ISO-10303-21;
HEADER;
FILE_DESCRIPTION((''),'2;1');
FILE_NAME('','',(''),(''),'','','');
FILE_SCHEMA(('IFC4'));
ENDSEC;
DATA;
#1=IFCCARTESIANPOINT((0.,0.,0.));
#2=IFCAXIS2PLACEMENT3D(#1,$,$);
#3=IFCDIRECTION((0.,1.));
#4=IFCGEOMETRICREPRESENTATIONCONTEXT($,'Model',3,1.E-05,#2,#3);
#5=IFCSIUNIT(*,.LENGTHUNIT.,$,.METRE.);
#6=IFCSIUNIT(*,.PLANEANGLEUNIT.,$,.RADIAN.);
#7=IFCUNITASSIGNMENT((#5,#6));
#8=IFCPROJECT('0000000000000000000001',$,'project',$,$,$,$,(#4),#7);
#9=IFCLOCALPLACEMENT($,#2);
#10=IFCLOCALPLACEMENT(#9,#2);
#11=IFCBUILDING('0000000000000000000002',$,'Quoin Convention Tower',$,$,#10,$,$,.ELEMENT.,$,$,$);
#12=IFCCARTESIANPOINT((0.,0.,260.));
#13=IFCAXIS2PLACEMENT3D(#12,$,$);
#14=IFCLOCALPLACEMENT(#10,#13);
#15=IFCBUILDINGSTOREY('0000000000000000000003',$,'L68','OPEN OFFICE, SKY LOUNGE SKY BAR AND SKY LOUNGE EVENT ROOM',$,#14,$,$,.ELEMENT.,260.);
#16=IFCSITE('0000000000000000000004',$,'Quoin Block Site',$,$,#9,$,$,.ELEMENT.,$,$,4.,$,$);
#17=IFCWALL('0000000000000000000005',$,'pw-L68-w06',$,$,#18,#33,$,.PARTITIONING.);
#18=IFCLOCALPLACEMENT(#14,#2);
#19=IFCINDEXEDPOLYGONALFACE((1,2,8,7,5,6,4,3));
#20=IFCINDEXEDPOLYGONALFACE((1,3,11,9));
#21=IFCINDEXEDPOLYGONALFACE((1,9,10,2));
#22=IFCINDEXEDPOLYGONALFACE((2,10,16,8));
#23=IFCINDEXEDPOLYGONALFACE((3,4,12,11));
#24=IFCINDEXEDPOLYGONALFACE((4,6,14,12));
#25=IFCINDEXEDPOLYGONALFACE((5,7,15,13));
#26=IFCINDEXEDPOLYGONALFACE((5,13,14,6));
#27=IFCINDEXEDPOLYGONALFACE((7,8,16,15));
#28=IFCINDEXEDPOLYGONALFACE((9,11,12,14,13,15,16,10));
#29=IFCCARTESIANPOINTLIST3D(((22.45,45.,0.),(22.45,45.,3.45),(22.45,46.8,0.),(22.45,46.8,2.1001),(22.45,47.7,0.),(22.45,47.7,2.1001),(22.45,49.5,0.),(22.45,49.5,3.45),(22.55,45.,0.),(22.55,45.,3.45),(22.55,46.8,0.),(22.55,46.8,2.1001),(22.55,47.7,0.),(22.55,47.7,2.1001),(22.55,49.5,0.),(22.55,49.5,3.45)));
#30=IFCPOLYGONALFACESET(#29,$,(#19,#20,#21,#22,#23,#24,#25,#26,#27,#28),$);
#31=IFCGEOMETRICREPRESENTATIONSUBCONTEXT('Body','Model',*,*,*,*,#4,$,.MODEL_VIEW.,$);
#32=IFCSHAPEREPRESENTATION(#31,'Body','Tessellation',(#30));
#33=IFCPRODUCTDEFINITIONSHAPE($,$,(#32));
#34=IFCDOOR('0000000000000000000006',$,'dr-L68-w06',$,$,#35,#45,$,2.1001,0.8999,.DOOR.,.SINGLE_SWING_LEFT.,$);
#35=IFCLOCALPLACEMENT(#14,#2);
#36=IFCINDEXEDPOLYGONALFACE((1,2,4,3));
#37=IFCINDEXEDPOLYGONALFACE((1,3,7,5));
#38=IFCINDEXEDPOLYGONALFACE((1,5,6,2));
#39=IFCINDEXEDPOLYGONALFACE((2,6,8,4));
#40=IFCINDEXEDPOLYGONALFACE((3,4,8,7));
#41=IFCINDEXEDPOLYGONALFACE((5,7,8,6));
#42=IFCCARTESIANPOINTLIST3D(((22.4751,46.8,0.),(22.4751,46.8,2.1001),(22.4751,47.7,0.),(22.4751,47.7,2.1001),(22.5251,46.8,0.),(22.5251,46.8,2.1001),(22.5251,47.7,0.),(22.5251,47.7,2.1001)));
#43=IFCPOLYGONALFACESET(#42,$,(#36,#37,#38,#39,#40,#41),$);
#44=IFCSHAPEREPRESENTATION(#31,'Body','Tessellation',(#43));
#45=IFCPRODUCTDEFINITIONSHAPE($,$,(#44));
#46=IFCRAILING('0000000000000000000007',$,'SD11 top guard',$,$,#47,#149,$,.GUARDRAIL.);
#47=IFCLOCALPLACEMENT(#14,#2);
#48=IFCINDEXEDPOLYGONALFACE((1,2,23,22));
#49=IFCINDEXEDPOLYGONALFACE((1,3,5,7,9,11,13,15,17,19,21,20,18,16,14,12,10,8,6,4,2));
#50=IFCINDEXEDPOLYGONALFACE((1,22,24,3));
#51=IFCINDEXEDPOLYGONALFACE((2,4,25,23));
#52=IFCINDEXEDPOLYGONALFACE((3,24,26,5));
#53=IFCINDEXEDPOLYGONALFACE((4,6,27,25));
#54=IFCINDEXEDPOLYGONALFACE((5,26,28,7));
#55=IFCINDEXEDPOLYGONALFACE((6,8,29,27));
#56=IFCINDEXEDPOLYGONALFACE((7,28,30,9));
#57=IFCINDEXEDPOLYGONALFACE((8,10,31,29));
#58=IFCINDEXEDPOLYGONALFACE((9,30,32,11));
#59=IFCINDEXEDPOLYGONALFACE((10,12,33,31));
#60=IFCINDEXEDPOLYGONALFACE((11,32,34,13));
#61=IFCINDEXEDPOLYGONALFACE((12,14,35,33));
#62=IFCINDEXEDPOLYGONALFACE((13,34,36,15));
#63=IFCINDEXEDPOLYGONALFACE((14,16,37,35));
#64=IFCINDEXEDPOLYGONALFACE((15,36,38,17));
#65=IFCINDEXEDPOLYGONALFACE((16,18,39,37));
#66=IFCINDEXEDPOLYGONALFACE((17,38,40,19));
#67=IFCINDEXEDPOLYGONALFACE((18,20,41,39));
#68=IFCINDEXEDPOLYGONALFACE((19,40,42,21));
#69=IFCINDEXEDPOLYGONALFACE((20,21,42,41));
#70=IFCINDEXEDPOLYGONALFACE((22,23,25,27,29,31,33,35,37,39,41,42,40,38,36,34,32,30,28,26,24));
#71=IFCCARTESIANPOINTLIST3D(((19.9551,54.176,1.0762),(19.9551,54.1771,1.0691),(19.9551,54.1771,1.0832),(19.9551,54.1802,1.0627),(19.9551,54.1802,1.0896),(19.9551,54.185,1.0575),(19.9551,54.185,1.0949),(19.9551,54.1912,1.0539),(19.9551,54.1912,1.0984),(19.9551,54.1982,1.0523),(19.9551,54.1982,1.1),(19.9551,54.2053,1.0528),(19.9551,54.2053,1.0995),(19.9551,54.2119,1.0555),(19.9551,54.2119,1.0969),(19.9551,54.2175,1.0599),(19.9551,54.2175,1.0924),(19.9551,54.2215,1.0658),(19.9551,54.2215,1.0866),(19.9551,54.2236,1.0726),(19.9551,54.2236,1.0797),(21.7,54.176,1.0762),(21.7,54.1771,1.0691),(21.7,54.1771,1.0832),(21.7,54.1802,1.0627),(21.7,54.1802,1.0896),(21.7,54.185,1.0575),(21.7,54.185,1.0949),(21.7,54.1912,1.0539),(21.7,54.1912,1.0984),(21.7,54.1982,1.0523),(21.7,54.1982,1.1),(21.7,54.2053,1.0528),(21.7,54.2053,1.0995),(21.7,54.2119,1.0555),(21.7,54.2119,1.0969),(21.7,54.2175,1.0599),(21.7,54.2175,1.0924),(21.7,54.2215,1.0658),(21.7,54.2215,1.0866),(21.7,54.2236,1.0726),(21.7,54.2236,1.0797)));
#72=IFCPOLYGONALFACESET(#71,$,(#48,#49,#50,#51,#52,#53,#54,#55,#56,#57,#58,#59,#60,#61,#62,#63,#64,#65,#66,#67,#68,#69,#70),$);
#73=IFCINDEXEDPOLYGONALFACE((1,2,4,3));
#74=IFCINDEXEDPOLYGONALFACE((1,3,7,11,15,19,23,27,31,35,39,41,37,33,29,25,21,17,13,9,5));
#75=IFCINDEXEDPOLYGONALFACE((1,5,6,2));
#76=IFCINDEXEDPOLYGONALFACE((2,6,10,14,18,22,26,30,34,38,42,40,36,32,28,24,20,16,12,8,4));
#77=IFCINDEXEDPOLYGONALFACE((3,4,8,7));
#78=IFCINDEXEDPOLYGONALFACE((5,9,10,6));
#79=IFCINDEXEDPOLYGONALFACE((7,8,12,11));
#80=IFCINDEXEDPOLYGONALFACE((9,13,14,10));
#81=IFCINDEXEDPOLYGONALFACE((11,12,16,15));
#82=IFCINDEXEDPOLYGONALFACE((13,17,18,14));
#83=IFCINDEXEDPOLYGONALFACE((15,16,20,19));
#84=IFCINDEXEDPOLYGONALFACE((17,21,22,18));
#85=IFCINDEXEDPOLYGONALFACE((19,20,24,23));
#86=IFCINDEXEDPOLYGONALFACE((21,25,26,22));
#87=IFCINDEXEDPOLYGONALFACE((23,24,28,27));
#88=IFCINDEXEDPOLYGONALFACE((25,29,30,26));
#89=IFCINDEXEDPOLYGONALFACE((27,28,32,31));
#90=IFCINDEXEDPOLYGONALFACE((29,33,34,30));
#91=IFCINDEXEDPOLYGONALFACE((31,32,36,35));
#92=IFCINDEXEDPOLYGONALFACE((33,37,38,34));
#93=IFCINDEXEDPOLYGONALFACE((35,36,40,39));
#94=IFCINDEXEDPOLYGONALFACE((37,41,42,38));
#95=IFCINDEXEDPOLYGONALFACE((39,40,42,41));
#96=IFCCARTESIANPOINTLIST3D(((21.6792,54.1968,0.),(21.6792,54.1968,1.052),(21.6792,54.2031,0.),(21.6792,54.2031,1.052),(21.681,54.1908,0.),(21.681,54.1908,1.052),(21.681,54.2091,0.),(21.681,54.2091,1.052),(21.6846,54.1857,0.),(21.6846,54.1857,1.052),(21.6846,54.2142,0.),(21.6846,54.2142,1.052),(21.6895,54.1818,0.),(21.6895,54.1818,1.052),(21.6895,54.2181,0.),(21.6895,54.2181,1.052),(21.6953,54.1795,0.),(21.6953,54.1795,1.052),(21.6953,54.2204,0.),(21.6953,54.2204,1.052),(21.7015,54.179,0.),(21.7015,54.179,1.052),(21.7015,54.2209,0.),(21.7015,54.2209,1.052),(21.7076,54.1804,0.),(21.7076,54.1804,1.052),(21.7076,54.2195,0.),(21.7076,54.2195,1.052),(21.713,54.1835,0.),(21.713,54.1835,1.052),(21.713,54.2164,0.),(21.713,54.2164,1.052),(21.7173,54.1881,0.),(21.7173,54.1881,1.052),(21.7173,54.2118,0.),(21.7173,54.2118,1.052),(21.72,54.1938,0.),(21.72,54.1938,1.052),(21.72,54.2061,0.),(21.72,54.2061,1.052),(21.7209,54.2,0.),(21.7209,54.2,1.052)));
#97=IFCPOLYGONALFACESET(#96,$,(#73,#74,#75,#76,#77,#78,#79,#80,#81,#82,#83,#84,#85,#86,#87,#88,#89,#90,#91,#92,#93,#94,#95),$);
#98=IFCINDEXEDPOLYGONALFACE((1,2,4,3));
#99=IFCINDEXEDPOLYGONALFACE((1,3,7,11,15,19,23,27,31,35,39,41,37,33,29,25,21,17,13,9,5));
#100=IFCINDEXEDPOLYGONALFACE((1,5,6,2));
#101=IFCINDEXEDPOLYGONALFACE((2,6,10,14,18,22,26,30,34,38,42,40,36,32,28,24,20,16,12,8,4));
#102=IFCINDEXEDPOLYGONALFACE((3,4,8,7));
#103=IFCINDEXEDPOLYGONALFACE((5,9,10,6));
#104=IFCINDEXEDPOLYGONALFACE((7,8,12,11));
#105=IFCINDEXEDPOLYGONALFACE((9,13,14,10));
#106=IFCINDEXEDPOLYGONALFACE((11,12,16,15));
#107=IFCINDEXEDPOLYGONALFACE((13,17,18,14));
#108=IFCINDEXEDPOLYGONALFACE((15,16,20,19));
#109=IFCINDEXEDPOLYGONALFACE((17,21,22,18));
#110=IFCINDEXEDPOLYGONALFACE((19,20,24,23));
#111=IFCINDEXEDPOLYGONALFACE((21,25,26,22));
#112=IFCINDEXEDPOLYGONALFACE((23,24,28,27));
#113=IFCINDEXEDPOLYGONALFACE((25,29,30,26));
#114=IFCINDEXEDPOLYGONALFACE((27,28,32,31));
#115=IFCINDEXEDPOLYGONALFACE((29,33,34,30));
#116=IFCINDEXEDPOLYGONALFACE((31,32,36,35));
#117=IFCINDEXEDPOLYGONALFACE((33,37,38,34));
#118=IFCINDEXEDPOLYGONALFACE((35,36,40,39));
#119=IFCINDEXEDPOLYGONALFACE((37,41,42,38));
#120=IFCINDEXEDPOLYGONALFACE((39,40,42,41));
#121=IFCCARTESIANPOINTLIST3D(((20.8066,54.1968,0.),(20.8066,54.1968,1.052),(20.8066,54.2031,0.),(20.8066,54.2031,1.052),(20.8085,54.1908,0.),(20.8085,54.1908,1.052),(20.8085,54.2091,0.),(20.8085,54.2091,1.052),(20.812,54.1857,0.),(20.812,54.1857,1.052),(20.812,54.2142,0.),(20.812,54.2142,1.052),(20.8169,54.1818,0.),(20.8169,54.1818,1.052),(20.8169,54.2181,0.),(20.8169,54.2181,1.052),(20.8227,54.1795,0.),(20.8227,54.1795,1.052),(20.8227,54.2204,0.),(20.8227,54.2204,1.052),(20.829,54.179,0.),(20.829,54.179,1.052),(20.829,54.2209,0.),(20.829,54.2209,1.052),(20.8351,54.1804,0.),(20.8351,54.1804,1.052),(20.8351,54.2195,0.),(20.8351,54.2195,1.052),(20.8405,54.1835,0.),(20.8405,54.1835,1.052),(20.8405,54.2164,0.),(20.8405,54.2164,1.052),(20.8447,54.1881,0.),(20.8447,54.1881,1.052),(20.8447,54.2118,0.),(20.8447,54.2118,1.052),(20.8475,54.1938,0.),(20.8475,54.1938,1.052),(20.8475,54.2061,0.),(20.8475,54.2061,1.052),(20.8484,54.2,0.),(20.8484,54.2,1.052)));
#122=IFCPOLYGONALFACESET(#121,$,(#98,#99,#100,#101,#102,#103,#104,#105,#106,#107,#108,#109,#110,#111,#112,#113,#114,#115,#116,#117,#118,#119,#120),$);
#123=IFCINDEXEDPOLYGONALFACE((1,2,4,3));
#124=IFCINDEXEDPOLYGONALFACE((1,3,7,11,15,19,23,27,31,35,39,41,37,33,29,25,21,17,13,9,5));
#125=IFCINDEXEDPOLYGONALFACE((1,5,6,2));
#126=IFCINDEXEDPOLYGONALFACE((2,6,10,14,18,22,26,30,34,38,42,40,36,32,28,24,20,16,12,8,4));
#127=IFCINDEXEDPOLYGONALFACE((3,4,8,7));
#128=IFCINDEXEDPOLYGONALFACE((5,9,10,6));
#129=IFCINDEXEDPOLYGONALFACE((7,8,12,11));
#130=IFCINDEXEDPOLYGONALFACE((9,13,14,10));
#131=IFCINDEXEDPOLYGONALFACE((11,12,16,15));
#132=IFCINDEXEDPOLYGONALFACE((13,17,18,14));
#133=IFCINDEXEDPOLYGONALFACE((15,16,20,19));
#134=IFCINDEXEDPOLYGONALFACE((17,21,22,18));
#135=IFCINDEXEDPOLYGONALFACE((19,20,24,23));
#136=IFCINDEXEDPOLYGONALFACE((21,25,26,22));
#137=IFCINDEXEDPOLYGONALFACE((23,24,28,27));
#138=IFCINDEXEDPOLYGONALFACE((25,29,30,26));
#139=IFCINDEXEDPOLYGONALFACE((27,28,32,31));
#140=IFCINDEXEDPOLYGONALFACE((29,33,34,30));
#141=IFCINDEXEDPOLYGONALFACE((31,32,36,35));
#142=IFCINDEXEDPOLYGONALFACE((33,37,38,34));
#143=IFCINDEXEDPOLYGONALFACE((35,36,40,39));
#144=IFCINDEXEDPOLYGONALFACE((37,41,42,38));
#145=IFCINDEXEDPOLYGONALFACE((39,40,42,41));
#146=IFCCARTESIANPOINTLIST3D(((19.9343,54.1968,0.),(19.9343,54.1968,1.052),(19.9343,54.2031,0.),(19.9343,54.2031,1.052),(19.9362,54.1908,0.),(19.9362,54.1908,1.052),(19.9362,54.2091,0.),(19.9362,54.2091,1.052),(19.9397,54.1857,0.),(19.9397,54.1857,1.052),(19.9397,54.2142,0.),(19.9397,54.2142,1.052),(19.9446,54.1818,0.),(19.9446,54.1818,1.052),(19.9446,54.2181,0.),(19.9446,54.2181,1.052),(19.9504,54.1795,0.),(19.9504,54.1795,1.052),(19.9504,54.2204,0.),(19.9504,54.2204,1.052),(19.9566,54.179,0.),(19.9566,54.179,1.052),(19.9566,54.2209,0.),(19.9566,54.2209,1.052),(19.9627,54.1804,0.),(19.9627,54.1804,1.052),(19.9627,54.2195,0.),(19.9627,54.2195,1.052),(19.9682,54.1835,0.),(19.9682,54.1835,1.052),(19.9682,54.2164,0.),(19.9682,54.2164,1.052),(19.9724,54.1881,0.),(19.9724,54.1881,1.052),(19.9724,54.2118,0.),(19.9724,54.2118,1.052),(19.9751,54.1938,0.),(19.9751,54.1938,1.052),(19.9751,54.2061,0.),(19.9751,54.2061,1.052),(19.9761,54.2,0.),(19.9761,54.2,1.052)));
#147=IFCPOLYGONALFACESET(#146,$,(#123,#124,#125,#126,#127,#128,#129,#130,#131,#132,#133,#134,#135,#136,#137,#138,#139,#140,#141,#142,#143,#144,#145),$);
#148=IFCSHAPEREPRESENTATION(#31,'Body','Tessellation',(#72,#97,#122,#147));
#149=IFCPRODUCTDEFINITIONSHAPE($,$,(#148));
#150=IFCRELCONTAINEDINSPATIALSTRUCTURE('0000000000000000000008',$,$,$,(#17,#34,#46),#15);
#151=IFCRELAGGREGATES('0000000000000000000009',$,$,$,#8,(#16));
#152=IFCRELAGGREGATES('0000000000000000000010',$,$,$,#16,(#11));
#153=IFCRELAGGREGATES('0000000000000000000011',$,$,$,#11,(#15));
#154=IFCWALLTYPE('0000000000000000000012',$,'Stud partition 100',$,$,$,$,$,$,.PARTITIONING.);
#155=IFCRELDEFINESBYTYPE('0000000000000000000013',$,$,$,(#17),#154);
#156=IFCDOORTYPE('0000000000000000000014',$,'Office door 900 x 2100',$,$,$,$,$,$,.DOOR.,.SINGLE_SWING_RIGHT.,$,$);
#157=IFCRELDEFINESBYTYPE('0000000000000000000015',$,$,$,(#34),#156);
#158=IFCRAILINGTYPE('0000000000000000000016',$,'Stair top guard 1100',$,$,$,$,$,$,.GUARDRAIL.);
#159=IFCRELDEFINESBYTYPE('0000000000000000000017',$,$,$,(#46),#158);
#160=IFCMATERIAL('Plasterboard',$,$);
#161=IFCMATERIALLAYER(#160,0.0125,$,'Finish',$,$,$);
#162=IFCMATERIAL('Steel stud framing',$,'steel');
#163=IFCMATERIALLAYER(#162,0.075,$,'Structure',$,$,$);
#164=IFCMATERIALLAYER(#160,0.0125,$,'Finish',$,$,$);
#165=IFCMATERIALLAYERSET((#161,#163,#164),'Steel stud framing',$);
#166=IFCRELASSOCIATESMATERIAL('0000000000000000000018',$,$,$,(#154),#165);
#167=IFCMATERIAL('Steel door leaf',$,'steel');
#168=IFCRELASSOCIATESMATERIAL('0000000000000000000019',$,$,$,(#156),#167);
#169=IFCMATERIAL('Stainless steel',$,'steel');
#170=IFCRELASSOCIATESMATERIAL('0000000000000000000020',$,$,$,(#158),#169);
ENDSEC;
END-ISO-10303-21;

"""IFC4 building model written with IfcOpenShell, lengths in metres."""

from ifc_helpers import new_model, si_unit, direction, frame, frame_2d, origin, origin_2d, place, context, subcontext, project, spatial, rectangle, circle, extrude, material, layer, layer_set, type_object, element, fill, save


model = new_model("IFC4")

# Units and contexts
model_context = context("Model", 3, precision=1e-05, world=origin(), true_north=direction((0.0, 1.0)))
body_context = subcontext(model_context, "Body", "Model", "MODEL_VIEW")
ifc_project = project(units=[si_unit("LENGTHUNIT", "METRE"), si_unit("PLANEANGLEUNIT", "RADIAN")], contexts=[model_context])

# Site, building, storey
site_placement = place(None, origin())
site = spatial("IfcSite", under=ifc_project, at=site_placement, Name="Quoin Block Site", CompositionType="ELEMENT", RefElevation=4.0)
building_placement = place(site_placement, origin())
building = spatial("IfcBuilding", under=site, at=building_placement, Name="Quoin Convention Tower", CompositionType="ELEMENT")
storey_placement = place(building_placement, frame((0.0, 0.0, 260.0)))
storey = spatial("IfcBuildingStorey", under=building, at=storey_placement, Name="L68", Description="OPEN OFFICE, SKY LOUNGE SKY BAR AND SKY LOUNGE EVENT ROOM", CompositionType="ELEMENT", Elevation=260.0)

# Shared definitions
ifc_material_1 = material(Name="Steel door leaf", Category="steel")

# Wall, opening, door
ifc_material_2 = material(Name="Plasterboard")
ifc_layer_1 = layer(ifc_material_2, 0.0125, Name="Finish")
ifc_material_3 = material(Name="Steel stud framing", Category="steel")
ifc_layer_2 = layer(ifc_material_3, 0.075, Name="Structure")
ifc_layer_3 = layer(ifc_material_2, 0.0125, Name="Finish")
ifc_layer_set_1 = layer_set([ifc_layer_1, ifc_layer_2, ifc_layer_3], Name="Steel stud framing")
wall_type_1 = type_object("IfcWallType", Name="Stud partition 100", PredefinedType="PARTITIONING", material=ifc_layer_set_1)
wall_1_placement = place(storey_placement, frame((22.5, 49.5, 0.0), z_axis=(0.0, 0.0, 1.0), x_axis=(0.0, -1.0, 0.0)))
wall_1 = element("IfcWall", 1, at=wall_1_placement, inside=storey, type_object=wall_type_1, Name="pw-L68-w06", PredefinedType="PARTITIONING", context=body_context, shape_type="SweptSolid", body=[
    extrude(rectangle(XDim=4.5, YDim=0.1001, at=frame_2d((2.25, 0.0))), origin(), (0.0, 0.0, 1.0), 3.45),
])
opening_1_placement = place(wall_1_placement, frame((1.8, 0.0, 0.0)))
opening_1 = element("IfcOpeningElement", 2, at=opening_1_placement, cuts=wall_1, PredefinedType="OPENING", context=body_context, shape_type="SweptSolid", body=[
    extrude(rectangle(XDim=0.8999, YDim=2.1001, at=frame_2d((0.45, 1.05))), frame((0.0, 0.0601, 0.0), z_axis=(0.0, -1.0, 0.0), x_axis=(1.0, 0.0, 0.0)), (0.0, 0.0, 1.0), 0.1201),
])
door_type_1 = type_object("IfcDoorType", Name="Office door 900 x 2100", OperationType="SINGLE_SWING_RIGHT", PredefinedType="DOOR", material=ifc_material_1)
door_1_placement = place(opening_1_placement, frame((0.8999, 0.0, 0.0), z_axis=(0.0, 0.0, 1.0), x_axis=(-1.0, 0.0, 0.0)))
door_1 = element("IfcDoor", 3, at=door_1_placement, inside=storey, type_object=door_type_1, Name="dr-L68-w06", OperationType="SINGLE_SWING_LEFT", OverallHeight=2.1001, OverallWidth=0.8999, PredefinedType="DOOR", context=body_context, shape_type="SweptSolid", body=[
    extrude(rectangle(XDim=0.8999, YDim=2.1001, at=frame_2d((0.45, 1.05))), frame((0.0, 0.0249, 0.0), z_axis=(0.0, -1.0, 0.0), x_axis=(1.0, 0.0, 0.0)), (0.0, 0.0, 1.0), 0.05),
])
fill(opening_1, door_1)

# Railing
ifc_material_4 = material(Name="Stainless steel", Category="steel")
railing_type = type_object("IfcRailingType", Name="Stair top guard 1100", PredefinedType="GUARDRAIL", material=ifc_material_4)
for number, where, name in (
    (4, (21.7, 54.2, 0.0), "SD11 top guard"),
):
    element("IfcRailing", number, at=place(storey_placement, frame(where)), inside=storey, type_object=railing_type, Name=name, PredefinedType="GUARDRAIL", context=body_context, shape_type="SweptSolid", body=[
        extrude(circle(Radius=0.0239, at=origin_2d()), frame((0.0, 0.0, 1.0762), z_axis=(-1.0, 0.0, 0.0), x_axis=(0.0, -1.0, 0.0)), (0.0, 0.0, 1.0), 1.7449),
        extrude(circle(Radius=0.021, at=origin_2d()), origin(), (0.0, 0.0, 1.0), 1.052),
        extrude(circle(Radius=0.021, at=origin_2d()), frame((-0.8726, 0.0, 0.0)), (0.0, 0.0, 1.0), 1.052),
        extrude(circle(Radius=0.021, at=origin_2d()), frame((-1.7449, 0.0, 0.0)), (0.0, 0.0, 1.0), 1.052),
    ])

save(model, "model.ifc")
